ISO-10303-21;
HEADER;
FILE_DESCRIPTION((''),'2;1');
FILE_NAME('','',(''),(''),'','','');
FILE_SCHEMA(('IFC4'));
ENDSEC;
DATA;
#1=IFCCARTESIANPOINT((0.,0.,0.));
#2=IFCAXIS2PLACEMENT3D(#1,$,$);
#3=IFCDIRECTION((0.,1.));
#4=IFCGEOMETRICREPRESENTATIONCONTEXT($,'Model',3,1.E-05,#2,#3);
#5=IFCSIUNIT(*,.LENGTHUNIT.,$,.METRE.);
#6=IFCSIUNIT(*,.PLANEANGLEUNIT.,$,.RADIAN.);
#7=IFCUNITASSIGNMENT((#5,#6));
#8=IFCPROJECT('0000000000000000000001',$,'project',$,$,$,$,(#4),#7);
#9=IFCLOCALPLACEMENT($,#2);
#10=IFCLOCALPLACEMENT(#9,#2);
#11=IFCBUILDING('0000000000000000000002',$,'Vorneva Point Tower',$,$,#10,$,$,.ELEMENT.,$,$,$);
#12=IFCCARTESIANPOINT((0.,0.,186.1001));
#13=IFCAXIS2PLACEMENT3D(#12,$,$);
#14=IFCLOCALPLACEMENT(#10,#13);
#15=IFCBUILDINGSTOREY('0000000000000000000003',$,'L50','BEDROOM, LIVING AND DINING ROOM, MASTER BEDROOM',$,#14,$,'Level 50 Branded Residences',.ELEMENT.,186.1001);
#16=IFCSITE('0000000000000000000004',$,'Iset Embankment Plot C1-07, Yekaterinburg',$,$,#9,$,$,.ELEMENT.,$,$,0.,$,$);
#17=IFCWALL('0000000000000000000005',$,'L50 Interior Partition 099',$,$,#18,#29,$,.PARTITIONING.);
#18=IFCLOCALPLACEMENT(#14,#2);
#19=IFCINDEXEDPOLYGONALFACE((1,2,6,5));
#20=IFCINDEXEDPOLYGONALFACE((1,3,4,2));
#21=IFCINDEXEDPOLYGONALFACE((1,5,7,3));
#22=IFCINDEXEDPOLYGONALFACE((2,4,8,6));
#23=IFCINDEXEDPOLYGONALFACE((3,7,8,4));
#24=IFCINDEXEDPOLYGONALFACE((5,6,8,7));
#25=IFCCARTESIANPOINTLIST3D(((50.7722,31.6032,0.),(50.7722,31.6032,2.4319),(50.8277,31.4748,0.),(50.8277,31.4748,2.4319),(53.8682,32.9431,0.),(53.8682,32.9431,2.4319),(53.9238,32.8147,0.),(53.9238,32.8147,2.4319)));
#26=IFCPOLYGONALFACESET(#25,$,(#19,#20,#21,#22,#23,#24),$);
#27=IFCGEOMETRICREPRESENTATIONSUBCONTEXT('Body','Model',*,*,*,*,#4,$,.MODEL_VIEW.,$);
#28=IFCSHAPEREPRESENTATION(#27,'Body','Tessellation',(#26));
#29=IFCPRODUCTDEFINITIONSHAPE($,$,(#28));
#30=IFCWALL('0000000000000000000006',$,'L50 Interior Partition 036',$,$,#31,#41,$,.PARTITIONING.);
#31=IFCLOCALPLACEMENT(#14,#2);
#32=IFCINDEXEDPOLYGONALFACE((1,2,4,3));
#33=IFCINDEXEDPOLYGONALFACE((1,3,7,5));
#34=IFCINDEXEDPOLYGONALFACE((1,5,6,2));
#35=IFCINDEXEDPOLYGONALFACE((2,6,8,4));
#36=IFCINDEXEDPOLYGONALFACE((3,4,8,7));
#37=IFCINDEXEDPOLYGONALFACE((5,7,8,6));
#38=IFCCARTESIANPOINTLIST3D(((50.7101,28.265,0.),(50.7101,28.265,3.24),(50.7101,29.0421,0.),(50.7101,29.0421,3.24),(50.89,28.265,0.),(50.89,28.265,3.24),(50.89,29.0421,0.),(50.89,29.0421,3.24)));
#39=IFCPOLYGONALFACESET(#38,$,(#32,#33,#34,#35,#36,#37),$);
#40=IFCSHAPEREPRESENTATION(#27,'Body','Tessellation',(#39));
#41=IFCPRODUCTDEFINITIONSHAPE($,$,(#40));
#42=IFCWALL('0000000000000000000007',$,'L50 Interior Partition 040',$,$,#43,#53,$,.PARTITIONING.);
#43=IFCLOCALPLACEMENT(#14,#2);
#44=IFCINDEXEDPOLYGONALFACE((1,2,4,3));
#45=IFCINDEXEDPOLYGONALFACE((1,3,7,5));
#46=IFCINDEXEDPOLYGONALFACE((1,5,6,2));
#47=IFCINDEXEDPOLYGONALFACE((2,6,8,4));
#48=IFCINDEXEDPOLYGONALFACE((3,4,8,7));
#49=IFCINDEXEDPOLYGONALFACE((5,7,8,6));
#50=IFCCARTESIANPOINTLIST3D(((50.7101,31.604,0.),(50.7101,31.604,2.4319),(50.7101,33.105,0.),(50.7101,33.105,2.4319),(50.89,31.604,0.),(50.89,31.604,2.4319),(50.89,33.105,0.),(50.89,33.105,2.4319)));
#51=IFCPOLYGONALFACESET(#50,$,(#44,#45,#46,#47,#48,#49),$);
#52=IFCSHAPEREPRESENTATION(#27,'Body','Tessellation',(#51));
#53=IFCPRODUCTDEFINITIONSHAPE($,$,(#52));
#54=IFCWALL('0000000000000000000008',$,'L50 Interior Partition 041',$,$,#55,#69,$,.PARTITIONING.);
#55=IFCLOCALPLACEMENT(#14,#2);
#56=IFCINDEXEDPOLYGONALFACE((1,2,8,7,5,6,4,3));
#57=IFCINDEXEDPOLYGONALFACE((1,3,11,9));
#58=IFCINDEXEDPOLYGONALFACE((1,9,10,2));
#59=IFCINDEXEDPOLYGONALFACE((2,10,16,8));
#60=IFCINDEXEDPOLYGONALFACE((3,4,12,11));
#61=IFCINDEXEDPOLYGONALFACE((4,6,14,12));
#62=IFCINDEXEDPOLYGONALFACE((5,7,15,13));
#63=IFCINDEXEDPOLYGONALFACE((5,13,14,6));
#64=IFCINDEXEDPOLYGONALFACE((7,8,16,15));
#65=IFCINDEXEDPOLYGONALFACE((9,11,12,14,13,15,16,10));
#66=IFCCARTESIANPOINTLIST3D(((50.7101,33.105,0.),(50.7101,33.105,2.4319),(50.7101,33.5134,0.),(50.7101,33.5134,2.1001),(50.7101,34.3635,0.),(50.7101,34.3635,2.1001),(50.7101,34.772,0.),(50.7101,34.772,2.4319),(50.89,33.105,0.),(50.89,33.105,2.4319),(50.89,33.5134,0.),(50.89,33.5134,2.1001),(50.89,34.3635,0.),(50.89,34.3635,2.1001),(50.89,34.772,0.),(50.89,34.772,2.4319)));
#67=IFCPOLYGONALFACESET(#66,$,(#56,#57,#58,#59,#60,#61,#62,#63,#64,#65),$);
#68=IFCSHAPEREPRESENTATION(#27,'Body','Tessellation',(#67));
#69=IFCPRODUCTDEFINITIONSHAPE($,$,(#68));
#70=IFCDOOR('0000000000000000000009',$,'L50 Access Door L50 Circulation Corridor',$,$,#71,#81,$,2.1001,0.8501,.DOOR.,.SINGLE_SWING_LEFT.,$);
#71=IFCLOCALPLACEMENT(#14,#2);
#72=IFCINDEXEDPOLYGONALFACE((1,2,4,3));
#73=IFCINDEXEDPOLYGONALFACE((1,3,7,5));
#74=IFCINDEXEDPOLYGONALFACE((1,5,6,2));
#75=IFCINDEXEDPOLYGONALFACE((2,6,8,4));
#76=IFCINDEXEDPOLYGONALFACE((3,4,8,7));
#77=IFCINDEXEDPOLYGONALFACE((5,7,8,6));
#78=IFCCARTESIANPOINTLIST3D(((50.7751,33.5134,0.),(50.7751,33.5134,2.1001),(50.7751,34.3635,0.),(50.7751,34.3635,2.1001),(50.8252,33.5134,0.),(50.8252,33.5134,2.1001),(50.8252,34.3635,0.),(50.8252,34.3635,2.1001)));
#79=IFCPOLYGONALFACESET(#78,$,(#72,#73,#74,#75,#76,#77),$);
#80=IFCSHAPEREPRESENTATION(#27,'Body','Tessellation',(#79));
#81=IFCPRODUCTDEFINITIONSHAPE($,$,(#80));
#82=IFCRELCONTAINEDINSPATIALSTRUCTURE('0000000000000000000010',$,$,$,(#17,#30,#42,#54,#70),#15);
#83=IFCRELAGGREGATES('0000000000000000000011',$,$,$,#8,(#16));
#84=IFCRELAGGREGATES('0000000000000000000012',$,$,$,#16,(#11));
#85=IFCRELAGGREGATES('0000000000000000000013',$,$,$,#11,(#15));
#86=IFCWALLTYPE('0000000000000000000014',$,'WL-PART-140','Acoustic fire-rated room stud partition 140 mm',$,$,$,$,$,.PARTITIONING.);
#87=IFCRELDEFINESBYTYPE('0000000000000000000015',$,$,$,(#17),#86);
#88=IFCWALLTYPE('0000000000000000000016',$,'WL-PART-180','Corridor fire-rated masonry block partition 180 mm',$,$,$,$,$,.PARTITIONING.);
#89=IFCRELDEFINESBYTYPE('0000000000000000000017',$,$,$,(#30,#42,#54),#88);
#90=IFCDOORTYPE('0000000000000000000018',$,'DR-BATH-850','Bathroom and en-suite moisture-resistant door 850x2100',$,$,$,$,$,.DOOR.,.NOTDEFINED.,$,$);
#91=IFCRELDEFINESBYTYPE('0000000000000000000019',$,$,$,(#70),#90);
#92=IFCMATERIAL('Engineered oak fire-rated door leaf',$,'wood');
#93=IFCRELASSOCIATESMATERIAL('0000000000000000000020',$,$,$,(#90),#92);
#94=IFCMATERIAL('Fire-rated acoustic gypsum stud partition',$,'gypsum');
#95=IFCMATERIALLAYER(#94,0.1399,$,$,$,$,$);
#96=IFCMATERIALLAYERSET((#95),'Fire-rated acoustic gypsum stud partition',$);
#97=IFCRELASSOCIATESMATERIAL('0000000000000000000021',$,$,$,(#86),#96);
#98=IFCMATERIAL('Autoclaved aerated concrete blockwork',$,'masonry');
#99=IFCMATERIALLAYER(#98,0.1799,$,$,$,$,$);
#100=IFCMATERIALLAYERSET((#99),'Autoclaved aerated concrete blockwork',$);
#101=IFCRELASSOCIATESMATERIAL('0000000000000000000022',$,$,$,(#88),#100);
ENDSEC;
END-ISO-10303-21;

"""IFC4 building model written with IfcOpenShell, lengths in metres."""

from ifc_helpers import new_model, si_unit, direction, frame, frame_2d, origin, place, context, subcontext, project, spatial, rectangle, extrude, material, layer, layer_set, type_object, element, fill, save


model = new_model("IFC4")

# Units and contexts
model_context = context("Model", 3, precision=1e-05, world=origin(), true_north=direction((0.0, 1.0)))
body_context = subcontext(model_context, "Body", "Model", "MODEL_VIEW")
ifc_project = project(units=[si_unit("LENGTHUNIT", "METRE"), si_unit("PLANEANGLEUNIT", "RADIAN")], contexts=[model_context])

# Site, building, storey
site_placement = place(None, origin())
site = spatial("IfcSite", under=ifc_project, at=site_placement, Name="Iset Embankment Plot C1-07, Yekaterinburg", CompositionType="ELEMENT", RefElevation=0.0)
building_placement = place(site_placement, origin())
building = spatial("IfcBuilding", under=site, at=building_placement, Name="Vorneva Point Tower", CompositionType="ELEMENT")
storey_placement = place(building_placement, frame((0.0, 0.0, 186.1001)))
storey = spatial("IfcBuildingStorey", under=building, at=storey_placement, Name="L50", Description="BEDROOM, LIVING AND DINING ROOM, MASTER BEDROOM", LongName="Level 50 Branded Residences", CompositionType="ELEMENT", Elevation=186.1001)

# Shared definitions
ifc_material_1 = material(Name="Fire-rated acoustic gypsum stud partition", Category="gypsum")
ifc_material_2 = material(Name="Engineered oak fire-rated door leaf", Category="wood")
door_type_1 = type_object("IfcDoorType", Name="DR-BATH-850", Description="Bathroom and en-suite moisture-resistant door 850x2100", OperationType="NOTDEFINED", PredefinedType="DOOR", material=ifc_material_2)

# Walls
ifc_layer_1 = layer(ifc_material_1, 0.1399)
ifc_layer_set_1 = layer_set([ifc_layer_1], Name="Fire-rated acoustic gypsum stud partition")
wall_type_1 = type_object("IfcWallType", Name="WL-PART-140", Description="Acoustic fire-rated room stud partition 140 mm", PredefinedType="PARTITIONING", material=ifc_layer_set_1)
wall_1_placement = place(storey_placement, frame((53.896, 32.8789, 0.0), z_axis=(0.0, 0.0, 1.0), x_axis=(-0.917743, -0.397175, 0.0)))
element("IfcWall", 1, at=wall_1_placement, inside=storey, type_object=wall_type_1, Name="L50 Interior Partition 099", PredefinedType="PARTITIONING", context=body_context, shape_type="SweptSolid", body=[
    extrude(rectangle(XDim=3.3735, YDim=0.1399, at=frame_2d((1.6868, 0.0))), origin(), (0.0, 0.0, 1.0), 2.4319),
])
ifc_material_3 = material(Name="Autoclaved aerated concrete blockwork", Category="masonry")
ifc_layer_2 = layer(ifc_material_3, 0.1799)
ifc_layer_set_2 = layer_set([ifc_layer_2], Name="Autoclaved aerated concrete blockwork")
wall_type_2 = type_object("IfcWallType", Name="WL-PART-180", Description="Corridor fire-rated masonry block partition 180 mm", PredefinedType="PARTITIONING", material=ifc_layer_set_2)
wall_2_placement = place(storey_placement, frame((50.8, 28.2649, 0.0), z_axis=(0.0, 0.0, 1.0), x_axis=(0.0, 1.0, 0.0)))
element("IfcWall", 2, at=wall_2_placement, inside=storey, type_object=wall_type_2, Name="L50 Interior Partition 036", PredefinedType="PARTITIONING", context=body_context, shape_type="SweptSolid", body=[
    extrude(rectangle(XDim=0.7771, YDim=0.1799, at=frame_2d((0.3887, 0.0))), origin(), (0.0, 0.0, 1.0), 3.24),
])

# Wall
wall_3_placement = place(storey_placement, frame((50.8, 31.604, 0.0), z_axis=(0.0, 0.0, 1.0), x_axis=(0.0, 1.0, 0.0)))
element("IfcWall", 3, at=wall_3_placement, inside=storey, type_object=wall_type_2, Name="L50 Interior Partition 040", PredefinedType="PARTITIONING", context=body_context, shape_type="SweptSolid", body=[
    extrude(rectangle(XDim=1.501, YDim=0.1799, at=frame_2d((0.7505, 0.0))), origin(), (0.0, 0.0, 1.0), 2.4319),
])

# Wall, opening, door
wall_4_placement = place(storey_placement, frame((50.8, 33.105, 0.0), z_axis=(0.0, 0.0, 1.0), x_axis=(0.0, 1.0, 0.0)))
wall_4 = element("IfcWall", 4, at=wall_4_placement, inside=storey, type_object=wall_type_2, Name="L50 Interior Partition 041", PredefinedType="PARTITIONING", context=body_context, shape_type="SweptSolid", body=[
    extrude(rectangle(XDim=1.667, YDim=0.1799, at=frame_2d((0.8335, 0.0))), origin(), (0.0, 0.0, 1.0), 2.4319),
])
opening_1_placement = place(wall_4_placement, frame((0.4084, 0.0, 0.0)))
opening_1 = element("IfcOpeningElement", 5, at=opening_1_placement, cuts=wall_4, PredefinedType="OPENING", context=body_context, shape_type="SweptSolid", body=[
    extrude(rectangle(XDim=0.8501, YDim=2.1001, at=frame_2d((0.425, 1.05))), frame((0.0, 0.105, 0.0), z_axis=(0.0, -1.0, 0.0), x_axis=(1.0, 0.0, 0.0)), (0.0, 0.0, 1.0), 0.2097),
])
door_1_placement = place(opening_1_placement, origin())
door_1 = element("IfcDoor", 6, at=door_1_placement, inside=storey, type_object=door_type_1, Name="L50 Access Door L50 Circulation Corridor", OperationType="SINGLE_SWING_LEFT", OverallHeight=2.1001, OverallWidth=0.8501, PredefinedType="DOOR", context=body_context, shape_type="SweptSolid", body=[
    extrude(rectangle(XDim=0.8501, YDim=2.1001, at=frame_2d((0.425, 1.05))), frame((0.0, 0.0249, 0.0), z_axis=(0.0, -1.0, 0.0), x_axis=(1.0, 0.0, 0.0)), (0.0, 0.0, 1.0), 0.05),
])
fill(opening_1, door_1)

save(model, "model.ifc")
